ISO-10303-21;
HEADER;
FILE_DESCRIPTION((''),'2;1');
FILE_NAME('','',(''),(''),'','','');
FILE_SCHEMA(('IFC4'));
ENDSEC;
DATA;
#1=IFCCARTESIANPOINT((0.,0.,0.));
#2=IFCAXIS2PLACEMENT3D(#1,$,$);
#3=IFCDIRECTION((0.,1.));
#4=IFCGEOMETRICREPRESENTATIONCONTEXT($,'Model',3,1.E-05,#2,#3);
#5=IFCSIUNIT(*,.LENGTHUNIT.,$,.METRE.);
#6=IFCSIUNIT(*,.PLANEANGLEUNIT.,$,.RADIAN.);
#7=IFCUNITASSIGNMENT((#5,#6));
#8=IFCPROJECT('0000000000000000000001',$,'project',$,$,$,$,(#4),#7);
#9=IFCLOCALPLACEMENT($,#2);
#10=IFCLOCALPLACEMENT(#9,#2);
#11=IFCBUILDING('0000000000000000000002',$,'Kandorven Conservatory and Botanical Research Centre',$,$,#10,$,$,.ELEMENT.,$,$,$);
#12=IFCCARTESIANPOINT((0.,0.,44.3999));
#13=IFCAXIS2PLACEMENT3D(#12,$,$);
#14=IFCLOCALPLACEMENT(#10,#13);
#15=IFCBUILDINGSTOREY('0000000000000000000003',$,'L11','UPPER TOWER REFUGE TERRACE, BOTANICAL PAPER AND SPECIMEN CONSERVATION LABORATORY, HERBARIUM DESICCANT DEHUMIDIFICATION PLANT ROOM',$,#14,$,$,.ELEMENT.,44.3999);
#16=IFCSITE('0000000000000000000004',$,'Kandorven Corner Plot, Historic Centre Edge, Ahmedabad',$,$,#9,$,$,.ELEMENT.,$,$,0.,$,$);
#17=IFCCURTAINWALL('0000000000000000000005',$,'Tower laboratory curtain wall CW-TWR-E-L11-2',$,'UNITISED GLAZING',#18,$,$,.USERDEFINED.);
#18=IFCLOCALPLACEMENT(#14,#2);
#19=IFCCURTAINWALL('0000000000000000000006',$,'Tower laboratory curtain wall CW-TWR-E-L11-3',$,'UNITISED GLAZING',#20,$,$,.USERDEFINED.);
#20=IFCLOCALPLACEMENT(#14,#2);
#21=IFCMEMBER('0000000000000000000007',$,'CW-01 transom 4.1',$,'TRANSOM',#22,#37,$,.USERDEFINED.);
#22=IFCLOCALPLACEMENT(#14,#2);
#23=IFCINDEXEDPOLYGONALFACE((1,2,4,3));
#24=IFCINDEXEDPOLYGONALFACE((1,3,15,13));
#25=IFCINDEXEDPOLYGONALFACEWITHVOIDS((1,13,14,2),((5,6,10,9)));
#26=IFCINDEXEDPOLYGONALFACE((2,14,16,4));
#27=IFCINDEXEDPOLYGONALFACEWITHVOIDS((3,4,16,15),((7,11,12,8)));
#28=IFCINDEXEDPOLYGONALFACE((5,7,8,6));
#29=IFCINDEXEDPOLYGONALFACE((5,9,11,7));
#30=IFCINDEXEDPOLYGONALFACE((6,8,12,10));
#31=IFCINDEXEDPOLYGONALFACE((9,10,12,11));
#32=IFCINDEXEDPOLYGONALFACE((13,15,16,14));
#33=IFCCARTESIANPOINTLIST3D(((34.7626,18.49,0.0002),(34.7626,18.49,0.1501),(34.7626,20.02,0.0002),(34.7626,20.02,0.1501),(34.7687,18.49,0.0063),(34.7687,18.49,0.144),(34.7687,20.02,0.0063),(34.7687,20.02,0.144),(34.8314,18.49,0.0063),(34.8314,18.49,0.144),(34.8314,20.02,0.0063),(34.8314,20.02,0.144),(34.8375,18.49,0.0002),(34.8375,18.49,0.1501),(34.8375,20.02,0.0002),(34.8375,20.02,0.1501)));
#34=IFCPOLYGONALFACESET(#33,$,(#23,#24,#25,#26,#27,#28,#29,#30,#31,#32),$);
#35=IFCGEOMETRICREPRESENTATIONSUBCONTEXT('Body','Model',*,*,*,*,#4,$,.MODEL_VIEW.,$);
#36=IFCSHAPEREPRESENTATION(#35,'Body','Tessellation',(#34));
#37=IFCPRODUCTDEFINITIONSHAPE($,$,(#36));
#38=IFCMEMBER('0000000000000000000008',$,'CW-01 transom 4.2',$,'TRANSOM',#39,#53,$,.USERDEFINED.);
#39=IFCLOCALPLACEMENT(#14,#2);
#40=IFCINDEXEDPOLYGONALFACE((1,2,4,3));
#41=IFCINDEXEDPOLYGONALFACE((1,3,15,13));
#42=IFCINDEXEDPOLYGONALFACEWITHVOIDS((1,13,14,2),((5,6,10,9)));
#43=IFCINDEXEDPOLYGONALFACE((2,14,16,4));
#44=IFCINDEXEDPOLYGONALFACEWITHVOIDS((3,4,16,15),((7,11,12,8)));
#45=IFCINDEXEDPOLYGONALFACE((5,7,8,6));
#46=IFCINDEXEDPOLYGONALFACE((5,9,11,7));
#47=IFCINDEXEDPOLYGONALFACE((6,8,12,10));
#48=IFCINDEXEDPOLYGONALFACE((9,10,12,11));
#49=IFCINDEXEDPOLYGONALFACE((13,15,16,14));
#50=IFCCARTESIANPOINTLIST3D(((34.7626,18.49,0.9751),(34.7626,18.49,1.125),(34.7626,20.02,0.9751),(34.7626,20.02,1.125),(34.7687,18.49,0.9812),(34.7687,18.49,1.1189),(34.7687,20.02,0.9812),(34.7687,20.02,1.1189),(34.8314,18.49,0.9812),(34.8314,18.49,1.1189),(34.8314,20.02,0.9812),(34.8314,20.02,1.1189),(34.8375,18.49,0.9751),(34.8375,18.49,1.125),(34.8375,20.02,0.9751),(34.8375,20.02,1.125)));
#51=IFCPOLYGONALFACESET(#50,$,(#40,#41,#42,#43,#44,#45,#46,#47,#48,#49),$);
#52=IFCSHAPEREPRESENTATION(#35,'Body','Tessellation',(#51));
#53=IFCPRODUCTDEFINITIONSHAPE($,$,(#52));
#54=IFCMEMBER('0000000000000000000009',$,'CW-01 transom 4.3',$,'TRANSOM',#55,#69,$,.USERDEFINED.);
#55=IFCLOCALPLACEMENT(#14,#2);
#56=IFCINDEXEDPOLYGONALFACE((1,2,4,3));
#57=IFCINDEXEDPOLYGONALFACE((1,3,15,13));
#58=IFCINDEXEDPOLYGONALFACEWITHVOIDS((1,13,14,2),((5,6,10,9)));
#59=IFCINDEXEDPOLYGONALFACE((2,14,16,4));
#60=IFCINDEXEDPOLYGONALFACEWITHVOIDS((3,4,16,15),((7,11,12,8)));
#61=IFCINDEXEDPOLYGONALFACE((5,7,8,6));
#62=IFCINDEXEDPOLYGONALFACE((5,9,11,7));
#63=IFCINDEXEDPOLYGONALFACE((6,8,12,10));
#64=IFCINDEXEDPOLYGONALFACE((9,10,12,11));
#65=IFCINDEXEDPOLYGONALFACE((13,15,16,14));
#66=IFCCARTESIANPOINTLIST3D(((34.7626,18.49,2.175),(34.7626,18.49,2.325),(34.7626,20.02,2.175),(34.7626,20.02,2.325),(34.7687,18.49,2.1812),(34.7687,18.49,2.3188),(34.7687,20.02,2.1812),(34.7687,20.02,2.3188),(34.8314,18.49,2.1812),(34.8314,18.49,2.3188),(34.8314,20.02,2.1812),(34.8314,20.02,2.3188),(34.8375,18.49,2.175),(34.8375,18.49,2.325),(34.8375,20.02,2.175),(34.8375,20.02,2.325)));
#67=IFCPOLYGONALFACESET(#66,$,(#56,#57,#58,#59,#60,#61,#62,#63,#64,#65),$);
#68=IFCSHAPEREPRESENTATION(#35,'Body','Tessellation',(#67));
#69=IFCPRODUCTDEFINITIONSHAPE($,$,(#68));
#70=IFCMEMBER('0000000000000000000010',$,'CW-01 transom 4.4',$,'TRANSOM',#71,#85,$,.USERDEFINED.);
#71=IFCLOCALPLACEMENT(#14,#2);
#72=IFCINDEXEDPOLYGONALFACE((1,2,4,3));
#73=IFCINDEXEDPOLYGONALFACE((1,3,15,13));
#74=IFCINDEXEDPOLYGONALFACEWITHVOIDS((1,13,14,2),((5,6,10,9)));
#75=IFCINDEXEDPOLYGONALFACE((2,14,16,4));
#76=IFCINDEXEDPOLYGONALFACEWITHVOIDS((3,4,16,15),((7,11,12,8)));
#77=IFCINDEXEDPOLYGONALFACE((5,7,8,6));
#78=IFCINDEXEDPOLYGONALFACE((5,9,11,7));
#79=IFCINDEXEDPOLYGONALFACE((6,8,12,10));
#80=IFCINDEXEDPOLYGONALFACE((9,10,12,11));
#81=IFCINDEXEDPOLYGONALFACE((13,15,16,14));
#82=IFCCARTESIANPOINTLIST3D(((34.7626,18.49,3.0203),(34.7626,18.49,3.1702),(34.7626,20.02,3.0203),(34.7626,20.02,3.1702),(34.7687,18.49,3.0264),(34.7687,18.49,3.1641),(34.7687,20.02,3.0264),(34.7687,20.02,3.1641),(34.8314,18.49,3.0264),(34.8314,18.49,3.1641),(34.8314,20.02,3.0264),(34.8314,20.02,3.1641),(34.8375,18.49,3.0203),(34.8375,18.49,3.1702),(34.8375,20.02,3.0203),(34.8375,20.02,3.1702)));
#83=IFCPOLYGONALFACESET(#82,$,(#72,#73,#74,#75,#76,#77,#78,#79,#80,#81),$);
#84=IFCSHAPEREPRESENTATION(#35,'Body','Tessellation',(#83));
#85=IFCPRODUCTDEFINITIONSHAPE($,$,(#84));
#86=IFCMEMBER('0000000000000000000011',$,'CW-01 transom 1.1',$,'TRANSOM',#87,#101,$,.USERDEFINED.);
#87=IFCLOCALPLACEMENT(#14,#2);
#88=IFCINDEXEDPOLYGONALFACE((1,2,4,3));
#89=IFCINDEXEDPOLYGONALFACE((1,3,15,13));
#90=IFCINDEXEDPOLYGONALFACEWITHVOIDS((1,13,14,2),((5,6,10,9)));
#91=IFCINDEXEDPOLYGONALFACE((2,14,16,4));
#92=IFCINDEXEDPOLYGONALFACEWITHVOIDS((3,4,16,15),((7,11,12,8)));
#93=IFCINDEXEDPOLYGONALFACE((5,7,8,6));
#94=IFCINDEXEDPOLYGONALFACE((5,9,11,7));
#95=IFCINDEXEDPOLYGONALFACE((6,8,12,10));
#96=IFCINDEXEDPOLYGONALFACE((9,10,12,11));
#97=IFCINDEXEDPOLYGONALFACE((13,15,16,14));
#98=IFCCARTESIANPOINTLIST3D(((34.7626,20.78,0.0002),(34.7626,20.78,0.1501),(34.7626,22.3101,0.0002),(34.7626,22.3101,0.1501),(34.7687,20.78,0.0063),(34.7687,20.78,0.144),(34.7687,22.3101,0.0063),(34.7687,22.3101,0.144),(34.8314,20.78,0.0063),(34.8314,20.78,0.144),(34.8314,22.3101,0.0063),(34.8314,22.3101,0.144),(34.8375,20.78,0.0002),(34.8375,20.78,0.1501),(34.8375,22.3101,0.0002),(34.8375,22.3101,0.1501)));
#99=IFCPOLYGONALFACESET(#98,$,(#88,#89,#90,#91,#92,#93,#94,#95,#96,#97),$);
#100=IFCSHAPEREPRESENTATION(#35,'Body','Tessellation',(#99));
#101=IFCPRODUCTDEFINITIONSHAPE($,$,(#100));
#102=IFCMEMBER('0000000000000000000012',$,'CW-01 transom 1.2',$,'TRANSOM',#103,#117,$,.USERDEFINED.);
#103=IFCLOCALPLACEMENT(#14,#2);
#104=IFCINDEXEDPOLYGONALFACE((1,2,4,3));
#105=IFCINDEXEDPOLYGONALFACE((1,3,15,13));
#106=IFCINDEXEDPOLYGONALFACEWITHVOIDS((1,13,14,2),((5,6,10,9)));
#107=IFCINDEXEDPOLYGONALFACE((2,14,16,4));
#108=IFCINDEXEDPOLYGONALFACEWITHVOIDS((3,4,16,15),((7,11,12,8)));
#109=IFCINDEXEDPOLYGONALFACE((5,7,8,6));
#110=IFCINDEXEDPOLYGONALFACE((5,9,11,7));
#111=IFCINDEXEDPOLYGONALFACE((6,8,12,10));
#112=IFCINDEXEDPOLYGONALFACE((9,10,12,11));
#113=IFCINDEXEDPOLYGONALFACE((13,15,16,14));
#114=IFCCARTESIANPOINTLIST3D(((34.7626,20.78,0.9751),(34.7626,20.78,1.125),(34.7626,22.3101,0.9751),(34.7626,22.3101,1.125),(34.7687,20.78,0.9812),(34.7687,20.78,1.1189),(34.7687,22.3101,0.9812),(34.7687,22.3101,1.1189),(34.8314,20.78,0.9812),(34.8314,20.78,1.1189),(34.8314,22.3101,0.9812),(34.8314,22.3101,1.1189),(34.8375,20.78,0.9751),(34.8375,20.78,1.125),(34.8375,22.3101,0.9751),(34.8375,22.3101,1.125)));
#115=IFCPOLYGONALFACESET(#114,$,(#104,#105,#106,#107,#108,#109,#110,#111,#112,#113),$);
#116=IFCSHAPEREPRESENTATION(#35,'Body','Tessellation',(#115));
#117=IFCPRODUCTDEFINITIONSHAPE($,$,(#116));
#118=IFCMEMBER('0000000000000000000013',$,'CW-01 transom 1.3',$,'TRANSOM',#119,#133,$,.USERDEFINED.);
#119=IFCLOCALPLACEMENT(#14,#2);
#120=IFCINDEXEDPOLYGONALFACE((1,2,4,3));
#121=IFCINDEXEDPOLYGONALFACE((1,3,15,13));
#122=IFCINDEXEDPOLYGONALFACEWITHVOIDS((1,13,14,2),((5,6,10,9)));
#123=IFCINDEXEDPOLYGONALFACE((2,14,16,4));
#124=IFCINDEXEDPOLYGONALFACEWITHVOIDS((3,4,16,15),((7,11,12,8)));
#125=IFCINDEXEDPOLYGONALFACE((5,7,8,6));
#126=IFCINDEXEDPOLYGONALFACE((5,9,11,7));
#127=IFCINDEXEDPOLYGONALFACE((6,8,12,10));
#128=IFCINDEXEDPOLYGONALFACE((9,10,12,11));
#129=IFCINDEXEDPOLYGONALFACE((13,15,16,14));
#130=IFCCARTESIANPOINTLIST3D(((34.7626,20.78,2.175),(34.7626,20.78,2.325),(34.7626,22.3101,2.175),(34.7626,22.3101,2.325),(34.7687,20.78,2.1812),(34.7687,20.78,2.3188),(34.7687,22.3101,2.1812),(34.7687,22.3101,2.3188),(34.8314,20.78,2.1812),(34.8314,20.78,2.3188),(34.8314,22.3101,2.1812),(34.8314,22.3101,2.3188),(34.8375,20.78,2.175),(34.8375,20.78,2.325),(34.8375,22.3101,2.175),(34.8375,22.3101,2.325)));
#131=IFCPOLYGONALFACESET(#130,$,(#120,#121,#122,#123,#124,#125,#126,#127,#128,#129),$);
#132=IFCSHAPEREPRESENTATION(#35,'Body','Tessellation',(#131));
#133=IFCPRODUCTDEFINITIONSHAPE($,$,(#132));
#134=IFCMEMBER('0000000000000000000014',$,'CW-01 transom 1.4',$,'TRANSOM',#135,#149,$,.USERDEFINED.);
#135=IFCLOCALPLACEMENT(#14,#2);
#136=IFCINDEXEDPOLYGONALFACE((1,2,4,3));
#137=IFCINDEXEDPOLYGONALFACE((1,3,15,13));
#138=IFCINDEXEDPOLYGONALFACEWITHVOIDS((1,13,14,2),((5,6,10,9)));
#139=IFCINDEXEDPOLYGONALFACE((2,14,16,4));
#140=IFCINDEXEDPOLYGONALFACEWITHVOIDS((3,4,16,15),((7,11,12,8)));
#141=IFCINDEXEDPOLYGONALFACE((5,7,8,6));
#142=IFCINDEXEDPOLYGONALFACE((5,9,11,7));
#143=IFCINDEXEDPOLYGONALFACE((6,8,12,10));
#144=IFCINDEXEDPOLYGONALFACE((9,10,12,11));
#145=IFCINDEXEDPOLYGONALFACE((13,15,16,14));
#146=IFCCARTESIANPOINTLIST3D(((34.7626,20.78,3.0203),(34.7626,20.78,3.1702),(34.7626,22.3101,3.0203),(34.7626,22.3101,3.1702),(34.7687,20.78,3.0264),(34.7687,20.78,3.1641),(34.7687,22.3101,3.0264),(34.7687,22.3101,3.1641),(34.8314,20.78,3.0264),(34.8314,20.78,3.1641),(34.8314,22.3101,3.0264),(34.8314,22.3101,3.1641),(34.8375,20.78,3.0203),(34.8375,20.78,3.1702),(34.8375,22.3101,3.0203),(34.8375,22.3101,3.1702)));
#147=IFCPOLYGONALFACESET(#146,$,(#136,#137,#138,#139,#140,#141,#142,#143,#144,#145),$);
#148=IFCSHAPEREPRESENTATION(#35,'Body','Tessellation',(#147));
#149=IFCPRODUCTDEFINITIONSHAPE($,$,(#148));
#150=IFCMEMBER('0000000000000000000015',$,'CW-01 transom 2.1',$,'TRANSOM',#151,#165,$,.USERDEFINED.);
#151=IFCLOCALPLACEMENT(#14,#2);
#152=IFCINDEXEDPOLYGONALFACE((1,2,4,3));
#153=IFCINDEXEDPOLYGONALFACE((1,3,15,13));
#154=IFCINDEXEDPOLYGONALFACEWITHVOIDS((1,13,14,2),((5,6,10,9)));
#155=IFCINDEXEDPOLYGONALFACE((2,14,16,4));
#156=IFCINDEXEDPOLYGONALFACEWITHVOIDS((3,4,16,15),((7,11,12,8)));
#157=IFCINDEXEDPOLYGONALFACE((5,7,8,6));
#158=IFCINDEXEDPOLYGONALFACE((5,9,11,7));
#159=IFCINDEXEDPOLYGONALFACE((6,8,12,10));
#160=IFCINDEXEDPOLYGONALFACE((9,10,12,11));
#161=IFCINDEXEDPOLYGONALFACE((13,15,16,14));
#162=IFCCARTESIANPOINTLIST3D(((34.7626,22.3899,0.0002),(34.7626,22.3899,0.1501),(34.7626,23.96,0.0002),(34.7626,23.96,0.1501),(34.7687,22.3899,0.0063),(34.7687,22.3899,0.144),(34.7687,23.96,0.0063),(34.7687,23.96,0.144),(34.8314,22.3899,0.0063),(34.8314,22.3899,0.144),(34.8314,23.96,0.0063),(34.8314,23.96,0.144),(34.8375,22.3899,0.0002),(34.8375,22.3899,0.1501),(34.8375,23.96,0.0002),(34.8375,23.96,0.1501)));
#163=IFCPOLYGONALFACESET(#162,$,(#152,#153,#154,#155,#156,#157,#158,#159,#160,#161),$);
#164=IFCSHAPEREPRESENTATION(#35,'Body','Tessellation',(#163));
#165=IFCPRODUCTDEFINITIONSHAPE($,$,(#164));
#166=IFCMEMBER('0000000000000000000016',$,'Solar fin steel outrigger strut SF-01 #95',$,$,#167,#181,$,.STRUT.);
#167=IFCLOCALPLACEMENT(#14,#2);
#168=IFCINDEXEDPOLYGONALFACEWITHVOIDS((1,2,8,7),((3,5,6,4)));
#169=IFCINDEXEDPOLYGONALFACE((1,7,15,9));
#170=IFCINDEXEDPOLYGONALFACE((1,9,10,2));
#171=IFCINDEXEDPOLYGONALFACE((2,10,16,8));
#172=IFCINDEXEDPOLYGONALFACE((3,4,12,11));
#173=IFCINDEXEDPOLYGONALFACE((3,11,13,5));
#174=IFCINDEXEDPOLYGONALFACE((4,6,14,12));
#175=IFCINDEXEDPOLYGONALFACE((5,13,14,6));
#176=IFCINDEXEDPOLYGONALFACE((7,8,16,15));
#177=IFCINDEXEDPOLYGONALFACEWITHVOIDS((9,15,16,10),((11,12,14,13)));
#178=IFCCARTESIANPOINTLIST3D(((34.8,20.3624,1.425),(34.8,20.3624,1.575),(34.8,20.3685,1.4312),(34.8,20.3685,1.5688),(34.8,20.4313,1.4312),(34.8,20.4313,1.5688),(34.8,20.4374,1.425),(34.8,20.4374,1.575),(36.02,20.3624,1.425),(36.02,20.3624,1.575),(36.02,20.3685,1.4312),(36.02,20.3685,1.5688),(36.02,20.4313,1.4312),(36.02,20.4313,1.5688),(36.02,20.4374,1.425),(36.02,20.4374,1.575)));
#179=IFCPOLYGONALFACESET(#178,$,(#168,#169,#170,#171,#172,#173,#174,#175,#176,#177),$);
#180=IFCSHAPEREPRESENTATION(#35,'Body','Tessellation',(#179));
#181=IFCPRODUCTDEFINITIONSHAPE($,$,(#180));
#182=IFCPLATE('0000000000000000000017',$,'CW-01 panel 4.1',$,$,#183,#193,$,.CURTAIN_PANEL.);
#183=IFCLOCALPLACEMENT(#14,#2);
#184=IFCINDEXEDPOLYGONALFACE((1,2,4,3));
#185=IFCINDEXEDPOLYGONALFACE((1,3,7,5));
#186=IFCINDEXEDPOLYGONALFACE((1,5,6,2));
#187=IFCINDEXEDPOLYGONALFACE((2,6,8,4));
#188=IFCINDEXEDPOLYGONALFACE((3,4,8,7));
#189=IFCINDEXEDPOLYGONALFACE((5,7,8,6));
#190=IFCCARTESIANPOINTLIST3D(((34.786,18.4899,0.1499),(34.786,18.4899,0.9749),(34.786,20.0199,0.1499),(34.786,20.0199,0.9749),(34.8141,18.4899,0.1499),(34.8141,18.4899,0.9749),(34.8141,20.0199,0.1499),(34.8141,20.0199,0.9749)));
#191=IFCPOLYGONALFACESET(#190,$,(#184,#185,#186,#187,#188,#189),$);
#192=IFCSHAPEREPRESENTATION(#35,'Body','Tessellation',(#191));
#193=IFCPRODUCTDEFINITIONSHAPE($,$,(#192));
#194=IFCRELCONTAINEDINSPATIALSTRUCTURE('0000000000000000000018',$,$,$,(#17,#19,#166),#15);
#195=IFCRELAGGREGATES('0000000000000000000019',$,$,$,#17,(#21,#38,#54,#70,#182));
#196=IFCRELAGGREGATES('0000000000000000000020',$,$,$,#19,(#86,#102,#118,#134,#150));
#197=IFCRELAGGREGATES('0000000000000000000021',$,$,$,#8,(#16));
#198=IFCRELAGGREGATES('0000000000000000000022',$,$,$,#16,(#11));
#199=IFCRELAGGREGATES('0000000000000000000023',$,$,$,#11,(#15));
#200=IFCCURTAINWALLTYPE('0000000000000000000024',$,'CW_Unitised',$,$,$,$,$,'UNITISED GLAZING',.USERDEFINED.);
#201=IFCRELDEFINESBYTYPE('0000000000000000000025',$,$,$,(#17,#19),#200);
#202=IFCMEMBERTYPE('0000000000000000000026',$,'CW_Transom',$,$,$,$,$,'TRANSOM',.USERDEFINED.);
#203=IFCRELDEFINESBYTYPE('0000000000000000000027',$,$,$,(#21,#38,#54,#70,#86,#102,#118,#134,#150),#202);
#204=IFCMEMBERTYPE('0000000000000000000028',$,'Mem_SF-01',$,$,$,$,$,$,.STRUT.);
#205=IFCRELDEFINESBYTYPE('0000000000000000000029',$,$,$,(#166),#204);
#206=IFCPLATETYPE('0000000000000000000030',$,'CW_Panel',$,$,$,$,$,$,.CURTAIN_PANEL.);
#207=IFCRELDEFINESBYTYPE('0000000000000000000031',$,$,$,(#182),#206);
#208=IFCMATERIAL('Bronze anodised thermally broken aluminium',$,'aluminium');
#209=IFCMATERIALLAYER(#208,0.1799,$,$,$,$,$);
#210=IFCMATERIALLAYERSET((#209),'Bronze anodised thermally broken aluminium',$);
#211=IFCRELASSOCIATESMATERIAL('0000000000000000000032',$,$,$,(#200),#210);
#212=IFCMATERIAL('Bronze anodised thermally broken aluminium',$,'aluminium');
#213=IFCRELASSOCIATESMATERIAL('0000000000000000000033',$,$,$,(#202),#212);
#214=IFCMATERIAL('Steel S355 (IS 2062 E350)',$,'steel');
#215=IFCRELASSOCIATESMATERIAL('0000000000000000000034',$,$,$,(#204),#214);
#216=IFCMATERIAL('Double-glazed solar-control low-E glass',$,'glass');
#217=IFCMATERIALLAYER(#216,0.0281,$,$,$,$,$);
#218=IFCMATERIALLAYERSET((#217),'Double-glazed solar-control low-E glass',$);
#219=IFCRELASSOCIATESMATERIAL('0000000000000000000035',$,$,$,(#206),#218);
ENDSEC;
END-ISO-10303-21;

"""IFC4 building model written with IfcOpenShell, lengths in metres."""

from ifc_helpers import new_model, si_unit, direction, frame, origin, origin_2d, place, context, subcontext, project, spatial, rectangle, hollow_rectangle, extrude, material, layer, layer_set, material_profile, profile_set, type_object, element, aggregate, save


model = new_model("IFC4")

# Units and contexts
model_context = context("Model", 3, precision=1e-05, world=origin(), true_north=direction((0.0, 1.0)))
body_context = subcontext(model_context, "Body", "Model", "MODEL_VIEW")
ifc_project = project(units=[si_unit("LENGTHUNIT", "METRE"), si_unit("PLANEANGLEUNIT", "RADIAN")], contexts=[model_context])

# Site, building, storey
site_placement = place(None, origin())
site = spatial("IfcSite", under=ifc_project, at=site_placement, Name="Kandorven Corner Plot, Historic Centre Edge, Ahmedabad", CompositionType="ELEMENT", RefElevation=0.0)
building_placement = place(site_placement, origin())
building = spatial("IfcBuilding", under=site, at=building_placement, Name="Kandorven Conservatory and Botanical Research Centre", CompositionType="ELEMENT")
storey_placement = place(building_placement, frame((0.0, 0.0, 44.3999)))
storey = spatial("IfcBuildingStorey", under=building, at=storey_placement, Name="L11", Description="UPPER TOWER REFUGE TERRACE, BOTANICAL PAPER AND SPECIMEN CONSERVATION LABORATORY, HERBARIUM DESICCANT DEHUMIDIFICATION PLANT ROOM", CompositionType="ELEMENT", Elevation=44.3999)

# Curtain walls
ifc_material_1 = material(Name="Bronze anodised thermally broken aluminium", Category="aluminium")
ifc_layer_1 = layer(ifc_material_1, 0.1799)
ifc_layer_set_1 = layer_set([ifc_layer_1], Name="Bronze anodised thermally broken aluminium")
curtain_wall_type = type_object("IfcCurtainWallType", Name="CW_Unitised", ElementType="UNITISED GLAZING", PredefinedType="USERDEFINED", material=ifc_layer_set_1)
curtain_wall_1_placement = place(storey_placement, origin())
curtain_wall_1 = element("IfcCurtainWall", 1, at=curtain_wall_1_placement, inside=storey, type_object=curtain_wall_type, Name="Tower laboratory curtain wall CW-TWR-E-L11-2", ObjectType="UNITISED GLAZING", PredefinedType="USERDEFINED")
curtain_wall_2_placement = place(storey_placement, origin())
curtain_wall_2 = element("IfcCurtainWall", 2, at=curtain_wall_2_placement, inside=storey, type_object=curtain_wall_type, Name="Tower laboratory curtain wall CW-TWR-E-L11-3", ObjectType="UNITISED GLAZING", PredefinedType="USERDEFINED")

# Members
ifc_material_2 = material(Name="Bronze anodised thermally broken aluminium", Category="aluminium")
ifc_material_profile_1 = material_profile(ifc_material_2, hollow_rectangle(XDim=0.075, YDim=0.1499, WallThickness=0.0061, at=origin_2d()))
ifc_profile_set_1 = profile_set([ifc_material_profile_1], Name="Bronze anodised thermally broken aluminium")
member_type_1 = type_object("IfcMemberType", Name="CW_Transom", ElementType="TRANSOM", PredefinedType="USERDEFINED", material=ifc_profile_set_1)
member_1_placement = place(storey_placement, frame((34.8, 18.49, 0.0752), z_axis=(0.0, 1.0, 0.0), x_axis=(-1.0, 0.0, 0.0)))
member_1 = element("IfcMember", 3, at=member_1_placement, type_object=member_type_1, Name="CW-01 transom 4.1", ObjectType="TRANSOM", PredefinedType="USERDEFINED", context=body_context, shape_type="SweptSolid", body=[
    extrude(hollow_rectangle(XDim=0.075, YDim=0.1499, WallThickness=0.0061, at=origin_2d()), origin(), (0.0, 0.0, 1.0), 1.53),
])
member_2_placement = place(storey_placement, frame((34.8, 18.49, 1.05), z_axis=(0.0, 1.0, 0.0), x_axis=(-1.0, 0.0, 0.0)))
member_2 = element("IfcMember", 4, at=member_2_placement, type_object=member_type_1, Name="CW-01 transom 4.2", ObjectType="TRANSOM", PredefinedType="USERDEFINED", context=body_context, shape_type="SweptSolid", body=[
    extrude(hollow_rectangle(XDim=0.075, YDim=0.1499, WallThickness=0.0061, at=origin_2d()), origin(), (0.0, 0.0, 1.0), 1.53),
])
member_3_placement = place(storey_placement, frame((34.8, 18.49, 2.25), z_axis=(0.0, 1.0, 0.0), x_axis=(-1.0, 0.0, 0.0)))
member_3 = element("IfcMember", 5, at=member_3_placement, type_object=member_type_1, Name="CW-01 transom 4.3", ObjectType="TRANSOM", PredefinedType="USERDEFINED", context=body_context, shape_type="SweptSolid", body=[
    extrude(hollow_rectangle(XDim=0.075, YDim=0.1499, WallThickness=0.0061, at=origin_2d()), origin(), (0.0, 0.0, 1.0), 1.53),
])
member_4_placement = place(storey_placement, frame((34.8, 18.49, 3.0952), z_axis=(0.0, 1.0, 0.0), x_axis=(-1.0, 0.0, 0.0)))
member_4 = element("IfcMember", 6, at=member_4_placement, type_object=member_type_1, Name="CW-01 transom 4.4", ObjectType="TRANSOM", PredefinedType="USERDEFINED", context=body_context, shape_type="SweptSolid", body=[
    extrude(hollow_rectangle(XDim=0.075, YDim=0.1499, WallThickness=0.0061, at=origin_2d()), origin(), (0.0, 0.0, 1.0), 1.53),
])
member_5_placement = place(storey_placement, frame((34.8, 20.78, 0.0752), z_axis=(0.0, 1.0, 0.0), x_axis=(-1.0, 0.0, 0.0)))
member_5 = element("IfcMember", 7, at=member_5_placement, type_object=member_type_1, Name="CW-01 transom 1.1", ObjectType="TRANSOM", PredefinedType="USERDEFINED", context=body_context, shape_type="SweptSolid", body=[
    extrude(hollow_rectangle(XDim=0.075, YDim=0.1499, WallThickness=0.0061, at=origin_2d()), origin(), (0.0, 0.0, 1.0), 1.53),
])
member_6_placement = place(storey_placement, frame((34.8, 20.78, 1.05), z_axis=(0.0, 1.0, 0.0), x_axis=(-1.0, 0.0, 0.0)))
member_6 = element("IfcMember", 8, at=member_6_placement, type_object=member_type_1, Name="CW-01 transom 1.2", ObjectType="TRANSOM", PredefinedType="USERDEFINED", context=body_context, shape_type="SweptSolid", body=[
    extrude(hollow_rectangle(XDim=0.075, YDim=0.1499, WallThickness=0.0061, at=origin_2d()), origin(), (0.0, 0.0, 1.0), 1.53),
])
member_7_placement = place(storey_placement, frame((34.8, 20.78, 2.25), z_axis=(0.0, 1.0, 0.0), x_axis=(-1.0, 0.0, 0.0)))
member_7 = element("IfcMember", 9, at=member_7_placement, type_object=member_type_1, Name="CW-01 transom 1.3", ObjectType="TRANSOM", PredefinedType="USERDEFINED", context=body_context, shape_type="SweptSolid", body=[
    extrude(hollow_rectangle(XDim=0.075, YDim=0.1499, WallThickness=0.0061, at=origin_2d()), origin(), (0.0, 0.0, 1.0), 1.53),
])
member_8_placement = place(storey_placement, frame((34.8, 20.78, 3.0952), z_axis=(0.0, 1.0, 0.0), x_axis=(-1.0, 0.0, 0.0)))
member_8 = element("IfcMember", 10, at=member_8_placement, type_object=member_type_1, Name="CW-01 transom 1.4", ObjectType="TRANSOM", PredefinedType="USERDEFINED", context=body_context, shape_type="SweptSolid", body=[
    extrude(hollow_rectangle(XDim=0.075, YDim=0.1499, WallThickness=0.0061, at=origin_2d()), origin(), (0.0, 0.0, 1.0), 1.53),
])
member_9_placement = place(storey_placement, frame((34.8, 22.3899, 0.0752), z_axis=(0.0, 1.0, 0.0), x_axis=(-1.0, 0.0, 0.0)))
member_9 = element("IfcMember", 11, at=member_9_placement, type_object=member_type_1, Name="CW-01 transom 2.1", ObjectType="TRANSOM", PredefinedType="USERDEFINED", context=body_context, shape_type="SweptSolid", body=[
    extrude(hollow_rectangle(XDim=0.075, YDim=0.1499, WallThickness=0.0061, at=origin_2d()), origin(), (0.0, 0.0, 1.0), 1.5701),
])
ifc_material_3 = material(Name="Steel S355 (IS 2062 E350)", Category="steel")
ifc_material_profile_2 = material_profile(ifc_material_3, hollow_rectangle(XDim=0.075, YDim=0.1499, WallThickness=0.0061, at=origin_2d()))
ifc_profile_set_2 = profile_set([ifc_material_profile_2], Name="Steel S355 (IS 2062 E350)")
member_type_2 = type_object("IfcMemberType", Name="Mem_SF-01", PredefinedType="STRUT", material=ifc_profile_set_2)
member_10_placement = place(storey_placement, frame((34.8, 20.3999, 1.5), z_axis=(1.0, 0.0, 0.0), x_axis=(0.0, 1.0, 0.0)))
element("IfcMember", 12, at=member_10_placement, inside=storey, type_object=member_type_2, Name="Solar fin steel outrigger strut SF-01 #95", PredefinedType="STRUT", context=body_context, shape_type="SweptSolid", body=[
    extrude(hollow_rectangle(XDim=0.075, YDim=0.1499, WallThickness=0.0061, at=origin_2d()), origin(), (0.0, 0.0, 1.0), 1.22),
])

# Plate
ifc_material_4 = material(Name="Double-glazed solar-control low-E glass", Category="glass")
ifc_layer_2 = layer(ifc_material_4, 0.0281)
ifc_layer_set_2 = layer_set([ifc_layer_2], Name="Double-glazed solar-control low-E glass")
plate_type_1 = type_object("IfcPlateType", Name="CW_Panel", PredefinedType="CURTAIN_PANEL", material=ifc_layer_set_2)
plate_1_placement = place(storey_placement, frame((34.8, 19.2549, 0.1499), z_axis=(0.0, 0.0, 1.0), x_axis=(0.0, 1.0, 0.0)))
plate_1 = element("IfcPlate", 13, at=plate_1_placement, type_object=plate_type_1, Name="CW-01 panel 4.1", PredefinedType="CURTAIN_PANEL", context=body_context, shape_type="SweptSolid", body=[
    extrude(rectangle(XDim=1.53, YDim=0.0281, at=origin_2d()), origin(), (0.0, 0.0, 1.0), 0.825),
])
aggregate(curtain_wall_1, [member_1, member_2, member_3, member_4, plate_1])
aggregate(curtain_wall_2, [member_5, member_6, member_7, member_8, member_9])

save(model, "model.ifc")
